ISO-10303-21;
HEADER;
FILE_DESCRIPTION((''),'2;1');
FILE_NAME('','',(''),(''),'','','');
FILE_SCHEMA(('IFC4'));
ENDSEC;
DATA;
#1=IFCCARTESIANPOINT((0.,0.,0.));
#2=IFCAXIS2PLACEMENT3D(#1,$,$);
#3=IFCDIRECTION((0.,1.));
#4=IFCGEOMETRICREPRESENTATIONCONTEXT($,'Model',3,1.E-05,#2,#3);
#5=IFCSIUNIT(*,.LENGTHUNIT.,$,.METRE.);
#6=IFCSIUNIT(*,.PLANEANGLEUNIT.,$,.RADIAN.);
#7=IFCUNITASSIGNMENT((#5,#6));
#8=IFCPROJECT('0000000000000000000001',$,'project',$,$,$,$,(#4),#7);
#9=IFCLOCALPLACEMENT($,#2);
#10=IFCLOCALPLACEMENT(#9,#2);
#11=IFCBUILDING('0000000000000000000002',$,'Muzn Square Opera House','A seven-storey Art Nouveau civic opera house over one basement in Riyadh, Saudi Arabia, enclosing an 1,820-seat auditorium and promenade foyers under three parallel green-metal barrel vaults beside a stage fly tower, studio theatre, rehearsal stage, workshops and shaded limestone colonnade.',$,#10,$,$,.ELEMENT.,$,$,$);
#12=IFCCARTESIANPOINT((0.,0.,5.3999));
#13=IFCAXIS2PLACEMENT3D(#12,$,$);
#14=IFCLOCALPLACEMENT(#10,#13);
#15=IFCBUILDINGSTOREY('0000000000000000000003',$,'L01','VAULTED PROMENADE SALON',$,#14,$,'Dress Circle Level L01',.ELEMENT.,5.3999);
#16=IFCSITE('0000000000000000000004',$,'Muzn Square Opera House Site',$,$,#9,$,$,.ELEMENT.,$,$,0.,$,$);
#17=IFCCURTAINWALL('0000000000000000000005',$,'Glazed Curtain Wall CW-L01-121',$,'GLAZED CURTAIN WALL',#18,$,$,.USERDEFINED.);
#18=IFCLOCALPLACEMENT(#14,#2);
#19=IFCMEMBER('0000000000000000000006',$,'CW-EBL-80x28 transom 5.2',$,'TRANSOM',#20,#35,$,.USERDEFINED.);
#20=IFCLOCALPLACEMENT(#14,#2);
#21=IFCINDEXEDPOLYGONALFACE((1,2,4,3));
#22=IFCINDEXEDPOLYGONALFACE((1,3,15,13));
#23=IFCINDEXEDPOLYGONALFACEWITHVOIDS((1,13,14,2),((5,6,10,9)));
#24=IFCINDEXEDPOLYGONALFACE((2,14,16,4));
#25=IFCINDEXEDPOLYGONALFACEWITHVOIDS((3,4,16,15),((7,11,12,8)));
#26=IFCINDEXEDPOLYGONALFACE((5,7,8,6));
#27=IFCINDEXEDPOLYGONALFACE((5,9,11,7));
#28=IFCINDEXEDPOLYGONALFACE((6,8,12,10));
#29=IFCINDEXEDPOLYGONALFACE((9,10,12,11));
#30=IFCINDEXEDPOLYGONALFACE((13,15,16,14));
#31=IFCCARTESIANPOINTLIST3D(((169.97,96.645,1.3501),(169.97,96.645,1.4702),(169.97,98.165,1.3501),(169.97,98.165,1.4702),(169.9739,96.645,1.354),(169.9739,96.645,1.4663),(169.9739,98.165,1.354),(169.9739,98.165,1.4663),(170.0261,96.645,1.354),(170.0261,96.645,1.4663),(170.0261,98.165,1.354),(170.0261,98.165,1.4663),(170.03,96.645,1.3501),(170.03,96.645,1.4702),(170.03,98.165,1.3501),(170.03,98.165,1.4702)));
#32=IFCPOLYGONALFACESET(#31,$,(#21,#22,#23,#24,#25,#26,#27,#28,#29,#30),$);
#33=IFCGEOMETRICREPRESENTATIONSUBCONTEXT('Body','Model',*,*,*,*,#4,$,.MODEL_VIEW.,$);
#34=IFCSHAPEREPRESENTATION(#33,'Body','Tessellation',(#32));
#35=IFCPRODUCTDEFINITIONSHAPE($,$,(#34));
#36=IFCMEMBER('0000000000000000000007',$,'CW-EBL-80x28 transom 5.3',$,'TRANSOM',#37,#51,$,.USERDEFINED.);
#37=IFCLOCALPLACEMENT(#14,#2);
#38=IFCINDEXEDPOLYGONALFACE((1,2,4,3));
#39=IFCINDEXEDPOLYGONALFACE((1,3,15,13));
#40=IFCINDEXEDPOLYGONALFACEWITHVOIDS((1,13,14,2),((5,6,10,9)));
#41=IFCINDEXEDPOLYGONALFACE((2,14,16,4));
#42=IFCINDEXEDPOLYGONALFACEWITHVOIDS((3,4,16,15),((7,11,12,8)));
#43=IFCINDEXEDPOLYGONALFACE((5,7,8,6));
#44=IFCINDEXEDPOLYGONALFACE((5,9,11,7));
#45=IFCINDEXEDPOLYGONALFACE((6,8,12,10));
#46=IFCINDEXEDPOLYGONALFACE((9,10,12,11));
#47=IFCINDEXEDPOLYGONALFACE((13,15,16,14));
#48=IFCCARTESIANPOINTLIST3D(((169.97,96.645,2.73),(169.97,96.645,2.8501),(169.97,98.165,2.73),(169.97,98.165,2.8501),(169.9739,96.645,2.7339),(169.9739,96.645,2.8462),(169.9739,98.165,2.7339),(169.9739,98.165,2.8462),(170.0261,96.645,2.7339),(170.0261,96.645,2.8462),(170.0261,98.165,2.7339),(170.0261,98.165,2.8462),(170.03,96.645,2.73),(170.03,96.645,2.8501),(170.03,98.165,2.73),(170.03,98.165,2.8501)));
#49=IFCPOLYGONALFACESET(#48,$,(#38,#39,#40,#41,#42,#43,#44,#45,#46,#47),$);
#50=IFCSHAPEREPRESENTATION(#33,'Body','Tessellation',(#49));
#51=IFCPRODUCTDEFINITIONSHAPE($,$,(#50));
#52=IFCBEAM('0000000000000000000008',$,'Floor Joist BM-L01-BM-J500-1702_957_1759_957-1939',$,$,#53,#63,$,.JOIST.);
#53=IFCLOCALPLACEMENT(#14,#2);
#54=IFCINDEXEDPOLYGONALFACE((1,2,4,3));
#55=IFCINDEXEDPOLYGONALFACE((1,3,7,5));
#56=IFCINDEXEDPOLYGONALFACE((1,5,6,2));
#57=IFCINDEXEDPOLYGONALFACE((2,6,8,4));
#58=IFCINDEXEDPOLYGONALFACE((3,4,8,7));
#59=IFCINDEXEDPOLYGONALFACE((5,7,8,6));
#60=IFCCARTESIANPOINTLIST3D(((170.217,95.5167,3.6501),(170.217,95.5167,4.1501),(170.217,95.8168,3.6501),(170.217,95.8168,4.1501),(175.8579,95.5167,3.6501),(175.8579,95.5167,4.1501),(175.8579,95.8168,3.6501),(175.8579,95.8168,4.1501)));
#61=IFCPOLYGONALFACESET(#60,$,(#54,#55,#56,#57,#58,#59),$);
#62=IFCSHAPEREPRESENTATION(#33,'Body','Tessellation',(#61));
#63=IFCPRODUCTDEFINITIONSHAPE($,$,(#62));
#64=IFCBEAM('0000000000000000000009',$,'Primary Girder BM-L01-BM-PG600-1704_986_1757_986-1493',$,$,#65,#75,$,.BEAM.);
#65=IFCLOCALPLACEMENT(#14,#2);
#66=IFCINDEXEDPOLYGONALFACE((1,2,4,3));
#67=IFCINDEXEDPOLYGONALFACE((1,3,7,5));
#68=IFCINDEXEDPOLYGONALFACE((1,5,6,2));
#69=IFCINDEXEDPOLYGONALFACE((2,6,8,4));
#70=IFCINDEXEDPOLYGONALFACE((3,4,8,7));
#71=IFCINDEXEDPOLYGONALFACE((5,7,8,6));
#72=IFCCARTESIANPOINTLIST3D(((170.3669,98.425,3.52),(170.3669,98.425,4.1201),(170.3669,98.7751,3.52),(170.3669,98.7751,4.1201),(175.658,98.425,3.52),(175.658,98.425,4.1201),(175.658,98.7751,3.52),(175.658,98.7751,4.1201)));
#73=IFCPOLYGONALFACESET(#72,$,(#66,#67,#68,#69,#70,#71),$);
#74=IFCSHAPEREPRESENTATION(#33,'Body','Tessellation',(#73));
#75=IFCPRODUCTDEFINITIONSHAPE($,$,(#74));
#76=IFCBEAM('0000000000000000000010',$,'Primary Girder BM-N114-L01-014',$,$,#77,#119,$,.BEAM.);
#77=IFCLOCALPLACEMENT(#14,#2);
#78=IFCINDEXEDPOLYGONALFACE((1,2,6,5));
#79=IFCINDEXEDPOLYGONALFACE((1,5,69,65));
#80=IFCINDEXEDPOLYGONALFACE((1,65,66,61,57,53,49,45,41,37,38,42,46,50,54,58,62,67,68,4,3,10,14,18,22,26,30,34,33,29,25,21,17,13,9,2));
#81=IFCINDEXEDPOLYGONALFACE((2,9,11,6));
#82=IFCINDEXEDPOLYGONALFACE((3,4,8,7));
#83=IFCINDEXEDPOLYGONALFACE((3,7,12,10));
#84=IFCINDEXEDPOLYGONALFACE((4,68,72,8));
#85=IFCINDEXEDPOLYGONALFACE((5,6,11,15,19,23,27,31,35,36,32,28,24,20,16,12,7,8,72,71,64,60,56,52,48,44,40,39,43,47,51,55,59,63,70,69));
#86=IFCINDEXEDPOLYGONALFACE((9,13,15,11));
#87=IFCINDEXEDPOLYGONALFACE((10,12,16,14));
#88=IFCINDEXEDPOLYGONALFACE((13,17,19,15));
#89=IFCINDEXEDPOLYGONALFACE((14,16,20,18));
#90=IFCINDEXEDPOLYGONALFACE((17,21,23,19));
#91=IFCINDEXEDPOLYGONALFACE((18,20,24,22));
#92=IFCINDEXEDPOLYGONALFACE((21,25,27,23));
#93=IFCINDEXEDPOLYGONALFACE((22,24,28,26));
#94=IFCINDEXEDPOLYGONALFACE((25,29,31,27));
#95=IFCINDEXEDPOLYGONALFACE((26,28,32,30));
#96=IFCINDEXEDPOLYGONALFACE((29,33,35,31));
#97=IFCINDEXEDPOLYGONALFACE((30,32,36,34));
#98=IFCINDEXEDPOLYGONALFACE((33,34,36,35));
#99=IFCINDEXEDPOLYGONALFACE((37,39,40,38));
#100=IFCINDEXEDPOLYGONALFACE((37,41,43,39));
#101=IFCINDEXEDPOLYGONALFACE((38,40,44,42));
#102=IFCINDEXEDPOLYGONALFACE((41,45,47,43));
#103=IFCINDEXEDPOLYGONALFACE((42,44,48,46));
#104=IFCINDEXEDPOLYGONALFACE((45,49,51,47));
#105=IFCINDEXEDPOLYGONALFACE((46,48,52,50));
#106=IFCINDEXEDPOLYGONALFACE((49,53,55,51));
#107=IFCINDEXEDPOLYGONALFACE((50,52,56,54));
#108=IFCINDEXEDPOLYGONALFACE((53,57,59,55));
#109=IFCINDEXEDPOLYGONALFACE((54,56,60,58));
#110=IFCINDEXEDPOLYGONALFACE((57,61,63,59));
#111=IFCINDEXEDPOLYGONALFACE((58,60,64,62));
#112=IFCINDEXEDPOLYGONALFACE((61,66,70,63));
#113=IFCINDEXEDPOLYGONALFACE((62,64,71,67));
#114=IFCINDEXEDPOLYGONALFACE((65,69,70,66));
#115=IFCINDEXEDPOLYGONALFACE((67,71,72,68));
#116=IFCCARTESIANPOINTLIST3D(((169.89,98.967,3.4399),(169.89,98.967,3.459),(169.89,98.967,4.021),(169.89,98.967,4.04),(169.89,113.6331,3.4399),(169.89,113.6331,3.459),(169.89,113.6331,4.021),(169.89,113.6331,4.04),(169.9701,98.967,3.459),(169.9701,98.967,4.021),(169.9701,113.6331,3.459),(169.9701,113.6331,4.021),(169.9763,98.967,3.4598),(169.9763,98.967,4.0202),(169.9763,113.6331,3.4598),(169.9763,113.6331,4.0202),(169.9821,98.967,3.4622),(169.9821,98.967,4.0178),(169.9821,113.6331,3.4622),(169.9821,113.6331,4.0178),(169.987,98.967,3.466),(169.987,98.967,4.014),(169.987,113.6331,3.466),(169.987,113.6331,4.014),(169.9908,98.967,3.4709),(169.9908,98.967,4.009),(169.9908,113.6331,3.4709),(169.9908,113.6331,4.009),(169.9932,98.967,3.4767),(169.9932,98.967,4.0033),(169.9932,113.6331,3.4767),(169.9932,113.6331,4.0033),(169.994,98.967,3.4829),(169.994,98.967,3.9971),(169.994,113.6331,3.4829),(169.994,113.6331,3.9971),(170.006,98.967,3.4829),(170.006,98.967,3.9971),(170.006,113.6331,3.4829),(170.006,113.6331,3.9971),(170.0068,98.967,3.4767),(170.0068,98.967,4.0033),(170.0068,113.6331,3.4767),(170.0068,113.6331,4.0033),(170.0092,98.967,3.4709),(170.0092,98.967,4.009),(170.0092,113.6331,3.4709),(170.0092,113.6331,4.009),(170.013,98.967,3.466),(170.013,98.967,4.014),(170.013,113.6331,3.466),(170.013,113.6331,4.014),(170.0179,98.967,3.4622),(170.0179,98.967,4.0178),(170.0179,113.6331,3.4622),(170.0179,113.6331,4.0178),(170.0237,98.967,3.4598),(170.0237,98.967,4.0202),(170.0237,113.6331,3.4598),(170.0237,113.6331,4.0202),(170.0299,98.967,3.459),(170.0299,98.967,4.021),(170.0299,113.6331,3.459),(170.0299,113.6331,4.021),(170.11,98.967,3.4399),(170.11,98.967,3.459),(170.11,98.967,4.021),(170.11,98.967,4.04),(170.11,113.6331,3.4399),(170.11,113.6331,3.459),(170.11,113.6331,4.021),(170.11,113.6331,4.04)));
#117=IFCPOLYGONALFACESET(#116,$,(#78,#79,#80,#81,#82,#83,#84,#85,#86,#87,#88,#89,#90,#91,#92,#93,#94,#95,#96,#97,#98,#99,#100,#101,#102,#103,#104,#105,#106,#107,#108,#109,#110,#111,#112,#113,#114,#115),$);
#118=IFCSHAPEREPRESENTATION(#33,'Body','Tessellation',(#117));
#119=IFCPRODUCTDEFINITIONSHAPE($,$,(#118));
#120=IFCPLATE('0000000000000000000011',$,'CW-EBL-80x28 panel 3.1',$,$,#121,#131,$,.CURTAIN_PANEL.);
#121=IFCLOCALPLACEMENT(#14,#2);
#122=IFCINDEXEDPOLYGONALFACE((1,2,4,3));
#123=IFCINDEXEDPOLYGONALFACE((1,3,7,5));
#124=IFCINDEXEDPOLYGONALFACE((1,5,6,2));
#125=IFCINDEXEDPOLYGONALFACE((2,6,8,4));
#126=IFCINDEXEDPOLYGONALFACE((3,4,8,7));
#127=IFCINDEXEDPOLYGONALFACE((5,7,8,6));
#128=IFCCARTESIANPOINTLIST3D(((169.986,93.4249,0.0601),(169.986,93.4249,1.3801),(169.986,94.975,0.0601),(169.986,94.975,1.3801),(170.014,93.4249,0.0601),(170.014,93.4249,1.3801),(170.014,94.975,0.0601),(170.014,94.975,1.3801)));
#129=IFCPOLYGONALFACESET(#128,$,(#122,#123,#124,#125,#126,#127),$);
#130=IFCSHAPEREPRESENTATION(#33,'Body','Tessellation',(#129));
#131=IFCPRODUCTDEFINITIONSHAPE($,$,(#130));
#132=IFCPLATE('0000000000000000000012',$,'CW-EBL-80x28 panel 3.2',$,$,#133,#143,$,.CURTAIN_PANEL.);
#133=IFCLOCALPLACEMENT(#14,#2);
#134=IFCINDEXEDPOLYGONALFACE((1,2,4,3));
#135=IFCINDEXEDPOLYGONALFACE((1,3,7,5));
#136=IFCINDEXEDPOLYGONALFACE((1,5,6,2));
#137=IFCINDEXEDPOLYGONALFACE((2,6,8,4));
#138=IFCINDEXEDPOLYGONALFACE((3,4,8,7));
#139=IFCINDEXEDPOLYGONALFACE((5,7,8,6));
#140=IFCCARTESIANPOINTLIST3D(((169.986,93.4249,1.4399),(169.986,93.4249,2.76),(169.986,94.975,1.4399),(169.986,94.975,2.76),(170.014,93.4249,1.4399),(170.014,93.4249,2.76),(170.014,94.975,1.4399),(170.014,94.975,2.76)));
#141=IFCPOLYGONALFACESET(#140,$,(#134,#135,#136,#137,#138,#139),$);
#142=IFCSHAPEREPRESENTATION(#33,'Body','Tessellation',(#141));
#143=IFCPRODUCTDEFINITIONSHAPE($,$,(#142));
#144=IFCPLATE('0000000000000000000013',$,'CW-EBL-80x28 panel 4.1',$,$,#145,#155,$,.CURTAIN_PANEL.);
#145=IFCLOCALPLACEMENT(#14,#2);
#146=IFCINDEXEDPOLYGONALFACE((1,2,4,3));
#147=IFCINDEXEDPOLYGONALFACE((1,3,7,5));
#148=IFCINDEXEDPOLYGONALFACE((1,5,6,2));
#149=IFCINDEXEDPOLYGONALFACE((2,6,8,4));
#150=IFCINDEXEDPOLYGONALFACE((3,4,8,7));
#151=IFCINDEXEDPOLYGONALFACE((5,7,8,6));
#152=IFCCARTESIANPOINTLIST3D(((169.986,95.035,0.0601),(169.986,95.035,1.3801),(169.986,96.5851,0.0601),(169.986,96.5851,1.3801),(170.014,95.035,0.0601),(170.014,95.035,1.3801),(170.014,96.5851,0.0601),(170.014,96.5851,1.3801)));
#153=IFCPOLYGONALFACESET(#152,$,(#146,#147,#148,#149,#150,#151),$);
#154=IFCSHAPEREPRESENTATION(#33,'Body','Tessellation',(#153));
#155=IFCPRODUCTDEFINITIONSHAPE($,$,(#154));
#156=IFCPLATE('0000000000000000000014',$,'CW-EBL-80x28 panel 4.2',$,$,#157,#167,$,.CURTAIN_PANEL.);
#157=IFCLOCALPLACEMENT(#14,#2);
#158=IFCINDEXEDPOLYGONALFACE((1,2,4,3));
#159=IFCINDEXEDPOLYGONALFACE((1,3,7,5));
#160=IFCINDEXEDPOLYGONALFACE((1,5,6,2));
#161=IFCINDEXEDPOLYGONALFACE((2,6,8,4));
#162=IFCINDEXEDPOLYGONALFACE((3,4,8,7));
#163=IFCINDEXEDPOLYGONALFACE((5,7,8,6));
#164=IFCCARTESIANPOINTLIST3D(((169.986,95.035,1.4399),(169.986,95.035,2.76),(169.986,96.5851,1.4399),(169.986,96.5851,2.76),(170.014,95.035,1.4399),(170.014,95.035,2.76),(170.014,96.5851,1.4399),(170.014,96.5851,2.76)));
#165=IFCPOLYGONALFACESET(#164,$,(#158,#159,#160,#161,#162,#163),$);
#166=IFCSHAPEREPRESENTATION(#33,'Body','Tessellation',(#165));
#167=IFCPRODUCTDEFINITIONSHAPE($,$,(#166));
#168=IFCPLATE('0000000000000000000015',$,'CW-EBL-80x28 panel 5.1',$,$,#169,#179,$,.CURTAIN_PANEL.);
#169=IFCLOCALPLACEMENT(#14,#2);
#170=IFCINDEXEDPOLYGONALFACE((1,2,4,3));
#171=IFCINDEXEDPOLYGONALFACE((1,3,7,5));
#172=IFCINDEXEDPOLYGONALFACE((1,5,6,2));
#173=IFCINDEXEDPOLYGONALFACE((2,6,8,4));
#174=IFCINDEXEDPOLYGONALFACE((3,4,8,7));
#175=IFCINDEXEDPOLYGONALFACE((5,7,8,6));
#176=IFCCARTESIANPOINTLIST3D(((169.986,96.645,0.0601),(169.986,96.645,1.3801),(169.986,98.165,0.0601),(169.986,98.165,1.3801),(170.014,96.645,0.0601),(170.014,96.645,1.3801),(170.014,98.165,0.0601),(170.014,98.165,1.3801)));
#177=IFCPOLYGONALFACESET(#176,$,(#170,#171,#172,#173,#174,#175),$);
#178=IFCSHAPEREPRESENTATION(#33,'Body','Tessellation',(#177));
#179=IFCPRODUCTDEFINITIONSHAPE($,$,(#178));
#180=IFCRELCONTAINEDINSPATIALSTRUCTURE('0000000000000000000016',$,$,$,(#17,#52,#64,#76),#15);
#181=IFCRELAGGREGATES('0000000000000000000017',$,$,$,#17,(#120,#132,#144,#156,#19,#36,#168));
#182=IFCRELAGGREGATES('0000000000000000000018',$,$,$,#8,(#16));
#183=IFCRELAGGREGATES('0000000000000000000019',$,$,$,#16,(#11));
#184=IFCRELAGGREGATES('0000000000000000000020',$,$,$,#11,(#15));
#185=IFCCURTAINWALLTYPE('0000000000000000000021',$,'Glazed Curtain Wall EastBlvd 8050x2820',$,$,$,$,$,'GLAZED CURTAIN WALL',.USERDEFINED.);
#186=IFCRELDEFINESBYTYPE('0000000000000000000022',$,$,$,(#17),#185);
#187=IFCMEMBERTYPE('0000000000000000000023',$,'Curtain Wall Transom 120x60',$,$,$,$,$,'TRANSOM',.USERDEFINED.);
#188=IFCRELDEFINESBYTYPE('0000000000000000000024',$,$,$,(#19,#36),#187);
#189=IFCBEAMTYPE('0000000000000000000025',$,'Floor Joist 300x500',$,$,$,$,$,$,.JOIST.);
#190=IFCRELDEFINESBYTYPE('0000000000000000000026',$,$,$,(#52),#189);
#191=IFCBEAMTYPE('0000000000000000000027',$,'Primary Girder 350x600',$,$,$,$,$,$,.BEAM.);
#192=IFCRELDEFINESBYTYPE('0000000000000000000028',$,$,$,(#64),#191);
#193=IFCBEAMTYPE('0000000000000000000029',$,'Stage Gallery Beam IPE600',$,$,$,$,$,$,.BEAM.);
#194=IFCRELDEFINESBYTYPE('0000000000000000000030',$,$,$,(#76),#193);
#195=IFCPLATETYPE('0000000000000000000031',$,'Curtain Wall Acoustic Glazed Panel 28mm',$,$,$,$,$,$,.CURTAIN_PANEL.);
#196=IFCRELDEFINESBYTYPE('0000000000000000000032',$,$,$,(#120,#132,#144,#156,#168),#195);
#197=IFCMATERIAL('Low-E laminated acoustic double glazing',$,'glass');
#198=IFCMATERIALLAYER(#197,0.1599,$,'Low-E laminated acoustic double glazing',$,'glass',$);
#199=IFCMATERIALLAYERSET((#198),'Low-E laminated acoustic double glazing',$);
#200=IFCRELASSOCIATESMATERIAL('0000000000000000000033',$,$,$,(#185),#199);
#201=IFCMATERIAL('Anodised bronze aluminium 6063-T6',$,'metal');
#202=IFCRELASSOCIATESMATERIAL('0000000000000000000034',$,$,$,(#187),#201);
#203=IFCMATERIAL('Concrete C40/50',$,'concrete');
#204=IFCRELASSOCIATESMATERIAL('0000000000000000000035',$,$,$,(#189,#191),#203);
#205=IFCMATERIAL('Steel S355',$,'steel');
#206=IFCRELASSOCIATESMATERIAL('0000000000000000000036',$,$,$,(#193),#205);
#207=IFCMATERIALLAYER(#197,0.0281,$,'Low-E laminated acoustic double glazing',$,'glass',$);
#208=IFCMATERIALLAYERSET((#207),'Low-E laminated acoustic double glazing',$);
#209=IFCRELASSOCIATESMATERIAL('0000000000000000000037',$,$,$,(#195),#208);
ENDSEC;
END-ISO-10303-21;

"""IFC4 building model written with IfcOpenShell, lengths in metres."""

from ifc_helpers import new_model, si_unit, direction, frame, origin, origin_2d, place, context, subcontext, project, spatial, rectangle, hollow_rectangle, i_section, extrude, material, layer, layer_set, material_profile, profile_set, type_object, element, aggregate, save


model = new_model("IFC4")

# Units and contexts
model_context = context("Model", 3, precision=1e-05, world=origin(), true_north=direction((0.0, 1.0)))
body_context = subcontext(model_context, "Body", "Model", "MODEL_VIEW")
ifc_project = project(units=[si_unit("LENGTHUNIT", "METRE"), si_unit("PLANEANGLEUNIT", "RADIAN")], contexts=[model_context])

# Site, building, storey
site_placement = place(None, origin())
site = spatial("IfcSite", under=ifc_project, at=site_placement, Name="Muzn Square Opera House Site", CompositionType="ELEMENT", RefElevation=0.0)
building_placement = place(site_placement, origin())
building = spatial("IfcBuilding", under=site, at=building_placement, Name="Muzn Square Opera House", Description="A seven-storey Art Nouveau civic opera house over one basement in Riyadh, Saudi Arabia, enclosing an 1,820-seat auditorium and promenade foyers under three parallel green-metal barrel vaults beside a stage fly tower, studio theatre, rehearsal stage, workshops and shaded limestone colonnade.", CompositionType="ELEMENT")
storey_placement = place(building_placement, frame((0.0, 0.0, 5.3999)))
storey = spatial("IfcBuildingStorey", under=building, at=storey_placement, Name="L01", Description="VAULTED PROMENADE SALON", LongName="Dress Circle Level L01", CompositionType="ELEMENT", Elevation=5.3999)

# Curtain wall, members
ifc_material_1 = material(Name="Low-E laminated acoustic double glazing", Category="glass")
ifc_layer_1 = layer(ifc_material_1, 0.1599, Name="Low-E laminated acoustic double glazing", Category="glass")
ifc_layer_set_1 = layer_set([ifc_layer_1], Name="Low-E laminated acoustic double glazing")
curtain_wall_type = type_object("IfcCurtainWallType", Name="Glazed Curtain Wall EastBlvd 8050x2820", ElementType="GLAZED CURTAIN WALL", PredefinedType="USERDEFINED", material=ifc_layer_set_1)
curtain_wall_placement = place(storey_placement, origin())
curtain_wall = element("IfcCurtainWall", 1, at=curtain_wall_placement, inside=storey, type_object=curtain_wall_type, Name="Glazed Curtain Wall CW-L01-121", ObjectType="GLAZED CURTAIN WALL", PredefinedType="USERDEFINED")
ifc_material_2 = material(Name="Anodised bronze aluminium 6063-T6", Category="metal")
ifc_material_profile_1 = material_profile(ifc_material_2, hollow_rectangle(XDim=0.0601, YDim=0.1201, WallThickness=0.0039, at=origin_2d()), Name="ALU 120x60x4", Category="metal")
ifc_profile_set_1 = profile_set([ifc_material_profile_1], Name="Anodised bronze aluminium 6063-T6")
member_type_1 = type_object("IfcMemberType", Name="Curtain Wall Transom 120x60", ElementType="TRANSOM", PredefinedType="USERDEFINED", material=ifc_profile_set_1)
member_1_placement = place(storey_placement, frame((170.0, 96.645, 1.4102), z_axis=(0.0, 1.0, 0.0), x_axis=(-1.0, 0.0, 0.0)))
member_1 = element("IfcMember", 2, at=member_1_placement, type_object=member_type_1, Name="CW-EBL-80x28 transom 5.2", ObjectType="TRANSOM", PredefinedType="USERDEFINED", context=body_context, shape_type="SweptSolid", body=[
    extrude(hollow_rectangle(XDim=0.0601, YDim=0.1201, WallThickness=0.0039, at=origin_2d()), origin(), (0.0, 0.0, 1.0), 1.52),
])
member_2_placement = place(storey_placement, frame((170.0, 96.645, 2.79), z_axis=(0.0, 1.0, 0.0), x_axis=(-1.0, 0.0, 0.0)))
member_2 = element("IfcMember", 3, at=member_2_placement, type_object=member_type_1, Name="CW-EBL-80x28 transom 5.3", ObjectType="TRANSOM", PredefinedType="USERDEFINED", context=body_context, shape_type="SweptSolid", body=[
    extrude(hollow_rectangle(XDim=0.0601, YDim=0.1201, WallThickness=0.0039, at=origin_2d()), origin(), (0.0, 0.0, 1.0), 1.52),
])

# Beams
ifc_material_3 = material(Name="Concrete C40/50", Category="concrete")
ifc_material_profile_2 = material_profile(ifc_material_3, rectangle(XDim=0.3, YDim=0.5, at=origin_2d()), Name="RCJ 300x500", Category="concrete")
ifc_profile_set_2 = profile_set([ifc_material_profile_2], Name="Concrete C40/50")
beam_type_1 = type_object("IfcBeamType", Name="Floor Joist 300x500", PredefinedType="JOIST", material=ifc_profile_set_2)
beam_1_placement = place(storey_placement, frame((170.217, 95.6667, 3.9001), z_axis=(1.0, 0.0, 0.0), x_axis=(0.0, 1.0, 0.0)))
element("IfcBeam", 4, at=beam_1_placement, inside=storey, type_object=beam_type_1, Name="Floor Joist BM-L01-BM-J500-1702_957_1759_957-1939", PredefinedType="JOIST", context=body_context, shape_type="SweptSolid", body=[
    extrude(rectangle(XDim=0.3, YDim=0.5, at=origin_2d()), origin(), (0.0, 0.0, 1.0), 5.6409),
])
ifc_material_profile_3 = material_profile(ifc_material_3, rectangle(XDim=0.3501, YDim=0.6001, at=origin_2d()), Name="RCB 350x600", Category="concrete")
ifc_profile_set_3 = profile_set([ifc_material_profile_3], Name="Concrete C40/50")
beam_type_2 = type_object("IfcBeamType", Name="Primary Girder 350x600", PredefinedType="BEAM", material=ifc_profile_set_3)
beam_2_placement = place(storey_placement, frame((170.3669, 98.6001, 3.8201), z_axis=(1.0, 0.0, 0.0), x_axis=(0.0, 1.0, 0.0)))
element("IfcBeam", 5, at=beam_2_placement, inside=storey, type_object=beam_type_2, Name="Primary Girder BM-L01-BM-PG600-1704_986_1757_986-1493", PredefinedType="BEAM", context=body_context, shape_type="SweptSolid", body=[
    extrude(rectangle(XDim=0.3501, YDim=0.6001, at=origin_2d()), origin(), (0.0, 0.0, 1.0), 5.291),
])
ifc_material_4 = material(Name="Steel S355", Category="steel")
ifc_material_profile_4 = material_profile(ifc_material_4, i_section(OverallWidth=0.22, OverallDepth=0.6001, WebThickness=0.012, FlangeThickness=0.019, FilletRadius=0.0239, at=origin_2d()), Name="IPE 600", Category="steel")
ifc_profile_set_4 = profile_set([ifc_material_profile_4], Name="Steel S355")
beam_type_3 = type_object("IfcBeamType", Name="Stage Gallery Beam IPE600", PredefinedType="BEAM", material=ifc_profile_set_4)
beam_3_placement = place(storey_placement, frame((170.0, 98.967, 3.74), z_axis=(0.0, 1.0, 0.0), x_axis=(-1.0, 0.0, 0.0)))
element("IfcBeam", 6, at=beam_3_placement, inside=storey, type_object=beam_type_3, Name="Primary Girder BM-N114-L01-014", PredefinedType="BEAM", context=body_context, shape_type="SweptSolid", body=[
    extrude(i_section(OverallWidth=0.22, OverallDepth=0.6001, WebThickness=0.012, FlangeThickness=0.019, FilletRadius=0.0239, at=origin_2d()), origin(), (0.0, 0.0, 1.0), 14.666),
])

# Plates
ifc_layer_2 = layer(ifc_material_1, 0.0281, Name="Low-E laminated acoustic double glazing", Category="glass")
ifc_layer_set_2 = layer_set([ifc_layer_2], Name="Low-E laminated acoustic double glazing")
plate_type = type_object("IfcPlateType", Name="Curtain Wall Acoustic Glazed Panel 28mm", PredefinedType="CURTAIN_PANEL", material=ifc_layer_set_2)
plate_1_placement = place(storey_placement, frame((170.0, 94.2, 0.0601), z_axis=(0.0, 0.0, 1.0), x_axis=(0.0, 1.0, 0.0)))
plate_1 = element("IfcPlate", 7, at=plate_1_placement, type_object=plate_type, Name="CW-EBL-80x28 panel 3.1", PredefinedType="CURTAIN_PANEL", context=body_context, shape_type="SweptSolid", body=[
    extrude(rectangle(XDim=1.55, YDim=0.0281, at=origin_2d()), origin(), (0.0, 0.0, 1.0), 1.3201),
])
plate_2_placement = place(storey_placement, frame((170.0, 94.2, 1.4399), z_axis=(0.0, 0.0, 1.0), x_axis=(0.0, 1.0, 0.0)))
plate_2 = element("IfcPlate", 8, at=plate_2_placement, type_object=plate_type, Name="CW-EBL-80x28 panel 3.2", PredefinedType="CURTAIN_PANEL", context=body_context, shape_type="SweptSolid", body=[
    extrude(rectangle(XDim=1.55, YDim=0.0281, at=origin_2d()), origin(), (0.0, 0.0, 1.0), 1.3201),
])
plate_3_placement = place(storey_placement, frame((170.0, 95.8101, 0.0601), z_axis=(0.0, 0.0, 1.0), x_axis=(0.0, 1.0, 0.0)))
plate_3 = element("IfcPlate", 9, at=plate_3_placement, type_object=plate_type, Name="CW-EBL-80x28 panel 4.1", PredefinedType="CURTAIN_PANEL", context=body_context, shape_type="SweptSolid", body=[
    extrude(rectangle(XDim=1.55, YDim=0.0281, at=origin_2d()), origin(), (0.0, 0.0, 1.0), 1.3201),
])
plate_4_placement = place(storey_placement, frame((170.0, 95.8101, 1.4399), z_axis=(0.0, 0.0, 1.0), x_axis=(0.0, 1.0, 0.0)))
plate_4 = element("IfcPlate", 10, at=plate_4_placement, type_object=plate_type, Name="CW-EBL-80x28 panel 4.2", PredefinedType="CURTAIN_PANEL", context=body_context, shape_type="SweptSolid", body=[
    extrude(rectangle(XDim=1.55, YDim=0.0281, at=origin_2d()), origin(), (0.0, 0.0, 1.0), 1.3201),
])
plate_5_placement = place(storey_placement, frame((170.0, 97.405, 0.0601), z_axis=(0.0, 0.0, 1.0), x_axis=(0.0, 1.0, 0.0)))
plate_5 = element("IfcPlate", 11, at=plate_5_placement, type_object=plate_type, Name="CW-EBL-80x28 panel 5.1", PredefinedType="CURTAIN_PANEL", context=body_context, shape_type="SweptSolid", body=[
    extrude(rectangle(XDim=1.52, YDim=0.0281, at=origin_2d()), origin(), (0.0, 0.0, 1.0), 1.3201),
])
aggregate(curtain_wall, [plate_1, plate_2, plate_3, plate_4, member_1, member_2, plate_5])

save(model, "model.ifc")
